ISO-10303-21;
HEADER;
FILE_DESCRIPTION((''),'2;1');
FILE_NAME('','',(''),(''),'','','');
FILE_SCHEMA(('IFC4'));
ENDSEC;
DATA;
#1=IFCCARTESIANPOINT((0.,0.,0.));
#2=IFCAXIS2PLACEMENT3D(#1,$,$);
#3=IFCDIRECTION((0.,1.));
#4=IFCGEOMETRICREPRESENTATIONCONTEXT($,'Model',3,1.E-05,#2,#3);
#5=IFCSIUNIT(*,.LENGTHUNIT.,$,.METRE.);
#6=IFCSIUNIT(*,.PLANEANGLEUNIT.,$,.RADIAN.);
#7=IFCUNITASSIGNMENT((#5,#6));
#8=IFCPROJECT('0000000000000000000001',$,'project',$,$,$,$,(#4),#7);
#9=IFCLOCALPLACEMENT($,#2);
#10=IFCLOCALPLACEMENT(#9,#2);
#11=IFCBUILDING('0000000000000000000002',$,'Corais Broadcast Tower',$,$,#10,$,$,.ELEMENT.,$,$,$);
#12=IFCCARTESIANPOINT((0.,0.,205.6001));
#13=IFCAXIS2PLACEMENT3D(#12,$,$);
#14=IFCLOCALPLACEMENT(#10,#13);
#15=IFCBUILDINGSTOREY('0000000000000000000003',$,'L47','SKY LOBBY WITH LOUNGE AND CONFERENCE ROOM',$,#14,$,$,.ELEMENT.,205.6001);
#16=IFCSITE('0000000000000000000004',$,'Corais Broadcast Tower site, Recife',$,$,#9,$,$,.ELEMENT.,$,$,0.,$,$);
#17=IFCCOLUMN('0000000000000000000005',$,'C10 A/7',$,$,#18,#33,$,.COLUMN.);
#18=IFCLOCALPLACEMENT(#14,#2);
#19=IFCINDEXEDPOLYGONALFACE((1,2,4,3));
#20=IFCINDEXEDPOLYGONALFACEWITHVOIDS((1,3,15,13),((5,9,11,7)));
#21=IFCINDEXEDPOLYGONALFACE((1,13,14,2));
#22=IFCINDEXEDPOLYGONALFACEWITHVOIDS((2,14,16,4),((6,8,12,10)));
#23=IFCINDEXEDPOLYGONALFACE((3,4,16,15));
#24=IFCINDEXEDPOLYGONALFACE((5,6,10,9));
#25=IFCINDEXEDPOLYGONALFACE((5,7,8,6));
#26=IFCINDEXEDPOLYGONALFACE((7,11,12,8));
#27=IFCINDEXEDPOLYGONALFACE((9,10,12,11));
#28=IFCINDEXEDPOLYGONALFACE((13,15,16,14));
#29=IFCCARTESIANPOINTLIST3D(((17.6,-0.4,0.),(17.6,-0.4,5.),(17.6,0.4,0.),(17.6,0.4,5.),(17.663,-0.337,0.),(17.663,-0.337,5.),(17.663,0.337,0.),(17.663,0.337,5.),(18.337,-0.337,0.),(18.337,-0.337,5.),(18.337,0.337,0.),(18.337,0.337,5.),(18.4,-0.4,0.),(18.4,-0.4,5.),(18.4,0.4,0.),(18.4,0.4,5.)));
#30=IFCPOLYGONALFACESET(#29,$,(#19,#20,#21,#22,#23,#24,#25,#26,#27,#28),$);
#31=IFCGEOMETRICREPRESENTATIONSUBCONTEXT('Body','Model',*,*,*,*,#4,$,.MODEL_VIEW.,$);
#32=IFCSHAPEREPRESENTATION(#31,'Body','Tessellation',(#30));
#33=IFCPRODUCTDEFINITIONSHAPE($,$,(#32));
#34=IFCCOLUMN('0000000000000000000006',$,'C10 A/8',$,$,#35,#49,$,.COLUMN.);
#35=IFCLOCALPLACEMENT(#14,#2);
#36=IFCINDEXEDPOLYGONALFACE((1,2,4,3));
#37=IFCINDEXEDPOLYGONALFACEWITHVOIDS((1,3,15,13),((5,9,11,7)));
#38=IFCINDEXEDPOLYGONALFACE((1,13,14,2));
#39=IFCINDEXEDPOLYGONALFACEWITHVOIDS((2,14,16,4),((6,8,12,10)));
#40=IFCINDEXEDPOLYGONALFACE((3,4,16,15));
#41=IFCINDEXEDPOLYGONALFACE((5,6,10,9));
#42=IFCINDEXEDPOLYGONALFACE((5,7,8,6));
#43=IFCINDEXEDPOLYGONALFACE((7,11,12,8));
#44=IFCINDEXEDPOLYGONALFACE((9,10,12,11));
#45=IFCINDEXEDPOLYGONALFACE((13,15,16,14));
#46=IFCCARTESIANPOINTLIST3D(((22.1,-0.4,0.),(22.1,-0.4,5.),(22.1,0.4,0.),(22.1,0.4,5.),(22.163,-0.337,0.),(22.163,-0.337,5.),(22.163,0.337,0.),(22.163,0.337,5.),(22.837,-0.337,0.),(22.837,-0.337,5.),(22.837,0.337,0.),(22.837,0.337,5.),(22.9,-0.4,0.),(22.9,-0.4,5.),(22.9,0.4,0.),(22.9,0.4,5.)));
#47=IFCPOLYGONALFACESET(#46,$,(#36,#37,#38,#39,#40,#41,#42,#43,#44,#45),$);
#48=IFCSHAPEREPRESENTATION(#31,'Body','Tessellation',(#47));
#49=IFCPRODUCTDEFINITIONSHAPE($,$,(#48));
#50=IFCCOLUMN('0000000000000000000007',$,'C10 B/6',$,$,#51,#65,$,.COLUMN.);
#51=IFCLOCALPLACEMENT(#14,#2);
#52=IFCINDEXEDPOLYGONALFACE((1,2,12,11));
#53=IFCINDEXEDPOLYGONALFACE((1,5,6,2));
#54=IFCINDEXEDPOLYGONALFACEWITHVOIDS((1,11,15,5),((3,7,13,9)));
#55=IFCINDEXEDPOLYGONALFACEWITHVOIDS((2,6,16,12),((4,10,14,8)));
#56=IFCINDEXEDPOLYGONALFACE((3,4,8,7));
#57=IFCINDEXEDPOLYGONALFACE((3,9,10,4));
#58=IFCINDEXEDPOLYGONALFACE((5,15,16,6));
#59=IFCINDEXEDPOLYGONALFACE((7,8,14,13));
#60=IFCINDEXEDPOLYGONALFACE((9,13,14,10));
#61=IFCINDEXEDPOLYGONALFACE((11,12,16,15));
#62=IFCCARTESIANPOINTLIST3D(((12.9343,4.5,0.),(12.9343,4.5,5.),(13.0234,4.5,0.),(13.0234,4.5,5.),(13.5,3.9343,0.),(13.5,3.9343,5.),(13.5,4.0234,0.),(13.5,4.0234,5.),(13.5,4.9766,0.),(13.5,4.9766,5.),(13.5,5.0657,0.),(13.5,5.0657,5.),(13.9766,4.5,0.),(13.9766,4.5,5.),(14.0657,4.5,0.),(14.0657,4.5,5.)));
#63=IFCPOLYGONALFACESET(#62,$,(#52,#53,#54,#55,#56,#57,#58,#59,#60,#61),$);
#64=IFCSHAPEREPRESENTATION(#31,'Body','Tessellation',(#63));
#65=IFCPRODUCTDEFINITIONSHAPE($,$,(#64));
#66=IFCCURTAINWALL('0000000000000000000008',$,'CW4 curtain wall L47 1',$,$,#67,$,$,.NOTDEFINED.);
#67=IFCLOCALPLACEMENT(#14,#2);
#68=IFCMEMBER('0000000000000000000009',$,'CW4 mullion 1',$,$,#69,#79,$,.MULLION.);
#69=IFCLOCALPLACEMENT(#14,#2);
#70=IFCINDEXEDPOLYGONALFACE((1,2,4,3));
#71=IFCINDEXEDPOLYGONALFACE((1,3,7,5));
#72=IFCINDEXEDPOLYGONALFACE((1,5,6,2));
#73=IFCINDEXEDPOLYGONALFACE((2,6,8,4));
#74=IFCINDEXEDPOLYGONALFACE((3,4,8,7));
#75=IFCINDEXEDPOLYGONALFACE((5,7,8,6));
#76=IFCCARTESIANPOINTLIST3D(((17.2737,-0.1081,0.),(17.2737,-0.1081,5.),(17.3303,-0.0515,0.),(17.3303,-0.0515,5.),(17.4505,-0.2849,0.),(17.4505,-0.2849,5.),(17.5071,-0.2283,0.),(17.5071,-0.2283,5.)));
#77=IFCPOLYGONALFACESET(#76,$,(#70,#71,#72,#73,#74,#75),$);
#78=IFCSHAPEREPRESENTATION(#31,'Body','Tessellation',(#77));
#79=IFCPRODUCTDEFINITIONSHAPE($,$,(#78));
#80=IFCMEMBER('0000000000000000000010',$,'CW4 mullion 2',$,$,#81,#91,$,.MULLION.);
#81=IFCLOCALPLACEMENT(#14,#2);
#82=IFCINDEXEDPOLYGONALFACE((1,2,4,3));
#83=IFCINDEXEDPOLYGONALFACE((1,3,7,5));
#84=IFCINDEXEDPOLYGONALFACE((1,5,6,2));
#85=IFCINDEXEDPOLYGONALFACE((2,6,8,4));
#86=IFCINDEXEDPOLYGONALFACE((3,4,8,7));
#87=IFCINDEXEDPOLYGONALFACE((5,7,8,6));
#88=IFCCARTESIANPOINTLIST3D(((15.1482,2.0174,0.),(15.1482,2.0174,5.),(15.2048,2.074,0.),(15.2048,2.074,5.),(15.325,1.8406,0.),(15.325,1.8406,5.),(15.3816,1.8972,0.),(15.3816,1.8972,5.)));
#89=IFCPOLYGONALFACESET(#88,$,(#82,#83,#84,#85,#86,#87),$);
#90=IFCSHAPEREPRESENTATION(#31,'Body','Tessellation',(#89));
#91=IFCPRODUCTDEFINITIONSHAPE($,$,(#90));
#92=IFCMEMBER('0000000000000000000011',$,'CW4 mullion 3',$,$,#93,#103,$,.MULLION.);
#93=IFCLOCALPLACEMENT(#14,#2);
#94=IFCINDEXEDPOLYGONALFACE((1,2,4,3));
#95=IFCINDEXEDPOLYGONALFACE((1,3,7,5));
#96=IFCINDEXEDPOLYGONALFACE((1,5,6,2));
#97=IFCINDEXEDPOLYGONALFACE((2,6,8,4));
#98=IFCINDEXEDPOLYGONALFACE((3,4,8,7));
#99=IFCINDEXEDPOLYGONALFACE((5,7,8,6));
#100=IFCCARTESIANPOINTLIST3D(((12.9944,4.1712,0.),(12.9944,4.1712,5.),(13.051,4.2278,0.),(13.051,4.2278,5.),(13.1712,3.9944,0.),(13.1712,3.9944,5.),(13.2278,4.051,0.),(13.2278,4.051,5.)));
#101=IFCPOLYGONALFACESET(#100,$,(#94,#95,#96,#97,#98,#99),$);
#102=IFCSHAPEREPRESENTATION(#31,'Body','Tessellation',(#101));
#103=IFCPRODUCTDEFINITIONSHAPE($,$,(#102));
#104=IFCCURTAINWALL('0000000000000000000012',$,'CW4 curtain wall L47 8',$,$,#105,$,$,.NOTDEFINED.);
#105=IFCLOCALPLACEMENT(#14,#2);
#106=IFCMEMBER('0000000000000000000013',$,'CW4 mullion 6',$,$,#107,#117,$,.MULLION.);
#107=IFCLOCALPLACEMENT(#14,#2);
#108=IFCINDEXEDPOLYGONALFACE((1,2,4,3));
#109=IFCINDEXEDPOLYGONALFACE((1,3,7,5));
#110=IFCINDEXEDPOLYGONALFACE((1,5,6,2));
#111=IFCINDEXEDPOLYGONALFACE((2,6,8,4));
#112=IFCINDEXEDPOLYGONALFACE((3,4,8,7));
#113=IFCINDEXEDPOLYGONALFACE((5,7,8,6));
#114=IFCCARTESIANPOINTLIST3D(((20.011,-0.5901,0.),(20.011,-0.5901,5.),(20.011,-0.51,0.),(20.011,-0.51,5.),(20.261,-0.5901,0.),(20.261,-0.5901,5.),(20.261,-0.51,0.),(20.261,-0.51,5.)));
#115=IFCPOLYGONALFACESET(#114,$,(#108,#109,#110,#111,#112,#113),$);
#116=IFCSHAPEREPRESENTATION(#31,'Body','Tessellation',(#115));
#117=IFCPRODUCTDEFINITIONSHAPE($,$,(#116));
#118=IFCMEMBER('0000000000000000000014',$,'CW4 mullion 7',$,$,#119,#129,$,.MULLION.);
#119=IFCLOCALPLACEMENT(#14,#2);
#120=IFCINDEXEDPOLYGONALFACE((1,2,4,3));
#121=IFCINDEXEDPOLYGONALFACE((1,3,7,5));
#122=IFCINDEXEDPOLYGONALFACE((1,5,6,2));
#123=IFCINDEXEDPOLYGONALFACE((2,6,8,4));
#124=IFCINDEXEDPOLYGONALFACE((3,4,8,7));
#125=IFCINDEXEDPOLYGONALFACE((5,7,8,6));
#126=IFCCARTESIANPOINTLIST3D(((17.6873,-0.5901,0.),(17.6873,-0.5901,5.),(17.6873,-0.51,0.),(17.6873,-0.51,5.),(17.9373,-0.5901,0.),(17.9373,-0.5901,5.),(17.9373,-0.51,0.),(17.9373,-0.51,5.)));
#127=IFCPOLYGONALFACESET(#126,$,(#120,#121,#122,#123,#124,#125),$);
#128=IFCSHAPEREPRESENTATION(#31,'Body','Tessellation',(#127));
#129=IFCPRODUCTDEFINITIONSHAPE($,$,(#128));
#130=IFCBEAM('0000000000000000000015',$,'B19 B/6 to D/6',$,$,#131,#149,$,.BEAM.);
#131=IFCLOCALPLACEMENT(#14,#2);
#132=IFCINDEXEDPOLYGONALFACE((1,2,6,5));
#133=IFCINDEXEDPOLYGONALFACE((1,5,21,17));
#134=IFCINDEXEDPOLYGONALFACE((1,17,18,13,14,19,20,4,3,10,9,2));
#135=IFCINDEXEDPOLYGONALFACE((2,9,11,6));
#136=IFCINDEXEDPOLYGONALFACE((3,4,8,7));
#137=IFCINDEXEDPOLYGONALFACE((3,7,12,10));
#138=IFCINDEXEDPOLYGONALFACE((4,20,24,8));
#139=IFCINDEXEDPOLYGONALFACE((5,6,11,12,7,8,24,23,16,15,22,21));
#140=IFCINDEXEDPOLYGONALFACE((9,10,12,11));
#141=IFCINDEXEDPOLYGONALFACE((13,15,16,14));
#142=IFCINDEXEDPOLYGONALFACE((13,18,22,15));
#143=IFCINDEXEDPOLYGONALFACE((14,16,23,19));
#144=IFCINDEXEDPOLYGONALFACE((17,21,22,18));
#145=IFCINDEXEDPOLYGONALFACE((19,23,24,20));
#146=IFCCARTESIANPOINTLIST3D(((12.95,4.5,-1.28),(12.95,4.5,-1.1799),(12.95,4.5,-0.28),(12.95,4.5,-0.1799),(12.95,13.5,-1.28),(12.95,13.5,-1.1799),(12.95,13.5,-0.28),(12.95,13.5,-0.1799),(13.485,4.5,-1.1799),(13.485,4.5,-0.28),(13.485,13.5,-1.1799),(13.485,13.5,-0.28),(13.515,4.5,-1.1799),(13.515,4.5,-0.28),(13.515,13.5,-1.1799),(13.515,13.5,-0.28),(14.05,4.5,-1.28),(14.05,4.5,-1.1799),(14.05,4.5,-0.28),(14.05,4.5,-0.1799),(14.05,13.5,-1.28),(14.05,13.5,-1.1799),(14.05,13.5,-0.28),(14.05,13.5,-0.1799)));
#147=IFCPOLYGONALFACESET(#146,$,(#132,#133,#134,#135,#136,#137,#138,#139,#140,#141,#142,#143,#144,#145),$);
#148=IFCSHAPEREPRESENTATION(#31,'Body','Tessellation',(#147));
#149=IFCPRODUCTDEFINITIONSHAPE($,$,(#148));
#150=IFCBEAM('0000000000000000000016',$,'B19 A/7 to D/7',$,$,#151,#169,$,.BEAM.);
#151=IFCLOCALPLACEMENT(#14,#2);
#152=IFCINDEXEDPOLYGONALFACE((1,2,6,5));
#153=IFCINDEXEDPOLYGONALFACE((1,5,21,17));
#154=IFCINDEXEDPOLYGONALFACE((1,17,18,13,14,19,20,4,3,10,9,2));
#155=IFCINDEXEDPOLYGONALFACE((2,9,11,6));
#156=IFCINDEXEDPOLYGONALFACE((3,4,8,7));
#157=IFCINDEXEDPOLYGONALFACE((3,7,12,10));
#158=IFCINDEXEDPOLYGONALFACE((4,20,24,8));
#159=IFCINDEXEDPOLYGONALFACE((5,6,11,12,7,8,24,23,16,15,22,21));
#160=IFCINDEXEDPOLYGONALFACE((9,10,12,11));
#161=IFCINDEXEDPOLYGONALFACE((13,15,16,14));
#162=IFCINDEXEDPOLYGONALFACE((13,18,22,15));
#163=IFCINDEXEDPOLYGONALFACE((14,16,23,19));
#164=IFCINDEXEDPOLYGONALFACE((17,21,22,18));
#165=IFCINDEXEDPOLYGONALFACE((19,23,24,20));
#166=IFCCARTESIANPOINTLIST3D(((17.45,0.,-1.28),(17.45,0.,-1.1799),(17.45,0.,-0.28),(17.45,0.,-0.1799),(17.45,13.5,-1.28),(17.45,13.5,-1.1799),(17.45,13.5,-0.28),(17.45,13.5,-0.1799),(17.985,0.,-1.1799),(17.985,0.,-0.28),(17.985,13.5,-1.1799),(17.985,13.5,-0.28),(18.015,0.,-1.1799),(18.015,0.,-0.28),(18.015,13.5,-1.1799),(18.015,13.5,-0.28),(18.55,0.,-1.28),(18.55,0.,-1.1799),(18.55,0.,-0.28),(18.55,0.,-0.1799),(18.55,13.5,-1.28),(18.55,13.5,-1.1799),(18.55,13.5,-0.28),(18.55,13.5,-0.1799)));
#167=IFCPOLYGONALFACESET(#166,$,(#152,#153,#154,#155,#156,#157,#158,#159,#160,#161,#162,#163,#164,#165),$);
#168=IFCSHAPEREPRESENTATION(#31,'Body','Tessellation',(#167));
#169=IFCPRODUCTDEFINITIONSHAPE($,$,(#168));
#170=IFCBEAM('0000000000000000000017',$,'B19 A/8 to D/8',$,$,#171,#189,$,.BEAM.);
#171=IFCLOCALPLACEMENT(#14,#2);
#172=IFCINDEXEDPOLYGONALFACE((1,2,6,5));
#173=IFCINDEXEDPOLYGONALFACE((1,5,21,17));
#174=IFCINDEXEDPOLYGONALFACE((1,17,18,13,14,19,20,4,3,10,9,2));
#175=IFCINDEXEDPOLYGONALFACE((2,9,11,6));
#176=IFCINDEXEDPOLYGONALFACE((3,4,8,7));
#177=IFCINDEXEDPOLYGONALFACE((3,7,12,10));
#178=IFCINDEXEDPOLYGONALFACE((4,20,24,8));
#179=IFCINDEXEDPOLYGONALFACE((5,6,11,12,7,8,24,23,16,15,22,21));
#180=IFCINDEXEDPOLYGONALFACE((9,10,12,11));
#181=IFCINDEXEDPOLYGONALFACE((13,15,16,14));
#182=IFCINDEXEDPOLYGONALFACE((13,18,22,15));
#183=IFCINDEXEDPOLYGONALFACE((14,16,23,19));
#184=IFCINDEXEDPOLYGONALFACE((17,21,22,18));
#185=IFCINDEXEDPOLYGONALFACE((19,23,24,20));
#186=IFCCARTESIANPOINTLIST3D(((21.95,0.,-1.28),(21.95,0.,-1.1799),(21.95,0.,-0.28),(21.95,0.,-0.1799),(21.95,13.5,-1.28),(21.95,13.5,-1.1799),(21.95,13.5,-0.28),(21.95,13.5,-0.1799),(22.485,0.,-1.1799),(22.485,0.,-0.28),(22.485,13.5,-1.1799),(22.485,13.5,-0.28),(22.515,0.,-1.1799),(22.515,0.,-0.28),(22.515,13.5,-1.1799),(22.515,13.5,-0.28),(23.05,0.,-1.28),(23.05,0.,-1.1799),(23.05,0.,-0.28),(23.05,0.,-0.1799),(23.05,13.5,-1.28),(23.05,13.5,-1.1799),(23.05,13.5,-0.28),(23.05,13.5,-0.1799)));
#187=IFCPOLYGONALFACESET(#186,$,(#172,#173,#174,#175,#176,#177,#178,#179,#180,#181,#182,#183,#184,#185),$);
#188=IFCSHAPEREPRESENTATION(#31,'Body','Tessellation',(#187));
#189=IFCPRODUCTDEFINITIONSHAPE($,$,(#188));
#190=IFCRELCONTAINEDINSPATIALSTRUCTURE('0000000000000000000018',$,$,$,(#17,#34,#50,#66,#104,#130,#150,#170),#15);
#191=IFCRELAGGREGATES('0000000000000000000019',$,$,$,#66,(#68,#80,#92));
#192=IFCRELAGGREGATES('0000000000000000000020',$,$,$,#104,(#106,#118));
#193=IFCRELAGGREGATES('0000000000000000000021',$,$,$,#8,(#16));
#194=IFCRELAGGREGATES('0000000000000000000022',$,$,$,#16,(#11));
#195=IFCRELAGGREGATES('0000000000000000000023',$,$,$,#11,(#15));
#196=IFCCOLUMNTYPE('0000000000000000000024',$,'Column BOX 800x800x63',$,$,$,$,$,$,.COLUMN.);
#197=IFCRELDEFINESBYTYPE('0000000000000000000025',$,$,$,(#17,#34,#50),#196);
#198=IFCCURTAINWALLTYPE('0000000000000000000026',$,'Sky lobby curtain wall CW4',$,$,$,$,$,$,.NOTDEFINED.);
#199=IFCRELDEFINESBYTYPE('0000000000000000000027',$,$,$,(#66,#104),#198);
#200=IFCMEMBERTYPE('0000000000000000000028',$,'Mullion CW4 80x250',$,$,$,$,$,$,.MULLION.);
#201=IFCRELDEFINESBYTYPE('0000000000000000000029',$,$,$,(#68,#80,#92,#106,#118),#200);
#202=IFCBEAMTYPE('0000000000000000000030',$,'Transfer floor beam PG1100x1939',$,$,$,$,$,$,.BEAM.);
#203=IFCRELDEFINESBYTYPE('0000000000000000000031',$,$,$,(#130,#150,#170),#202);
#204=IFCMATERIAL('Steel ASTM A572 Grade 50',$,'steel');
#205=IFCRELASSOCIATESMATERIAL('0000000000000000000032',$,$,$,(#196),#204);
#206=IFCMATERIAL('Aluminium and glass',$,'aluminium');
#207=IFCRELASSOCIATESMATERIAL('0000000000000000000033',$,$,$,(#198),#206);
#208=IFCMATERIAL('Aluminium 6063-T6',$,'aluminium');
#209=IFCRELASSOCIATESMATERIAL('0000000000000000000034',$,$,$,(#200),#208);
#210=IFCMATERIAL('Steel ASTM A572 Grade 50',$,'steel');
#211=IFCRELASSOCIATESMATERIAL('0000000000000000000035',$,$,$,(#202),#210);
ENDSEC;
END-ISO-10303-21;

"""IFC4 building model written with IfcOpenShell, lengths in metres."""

from ifc_helpers import new_model, si_unit, direction, frame, origin, origin_2d, place, context, subcontext, project, spatial, rectangle, hollow_rectangle, i_section, extrude, material, material_profile, profile_set, type_object, element, aggregate, save


model = new_model("IFC4")

# Units and contexts
model_context = context("Model", 3, precision=1e-05, world=origin(), true_north=direction((0.0, 1.0)))
body_context = subcontext(model_context, "Body", "Model", "MODEL_VIEW")
ifc_project = project(units=[si_unit("LENGTHUNIT", "METRE"), si_unit("PLANEANGLEUNIT", "RADIAN")], contexts=[model_context])

# Site, building, storey
site_placement = place(None, origin())
site = spatial("IfcSite", under=ifc_project, at=site_placement, Name="Corais Broadcast Tower site, Recife", CompositionType="ELEMENT", RefElevation=0.0)
building_placement = place(site_placement, origin())
building = spatial("IfcBuilding", under=site, at=building_placement, Name="Corais Broadcast Tower", CompositionType="ELEMENT")
storey_placement = place(building_placement, frame((0.0, 0.0, 205.6001)))
storey = spatial("IfcBuildingStorey", under=building, at=storey_placement, Name="L47", Description="SKY LOBBY WITH LOUNGE AND CONFERENCE ROOM", CompositionType="ELEMENT", Elevation=205.6001)

# Columns
ifc_material_1 = material(Name="Steel ASTM A572 Grade 50", Category="steel")
ifc_material_profile_1 = material_profile(ifc_material_1, hollow_rectangle(XDim=0.8, YDim=0.8, WallThickness=0.063, at=origin_2d()), Name="BOX 800x800x63")
ifc_profile_set_1 = profile_set([ifc_material_profile_1], Name="Steel ASTM A572 Grade 50")
column_type = type_object("IfcColumnType", Name="Column BOX 800x800x63", PredefinedType="COLUMN", material=ifc_profile_set_1)
for number, where, z_axis, x_axis, name in (
    (1, (18.0, 0.0, 0.0), (0.0, 0.0, 1.0), (1.0, 0.0, 0.0), "C10 A/7"),
    (2, (22.5, 0.0, 0.0), (0.0, 0.0, 1.0), (1.0, 0.0, 0.0), "C10 A/8"),
    (3, (13.5, 4.5, 0.0), (0.0, 0.0, 1.0), (0.707107, 0.707107, 0.0), "C10 B/6"),
):
    element("IfcColumn", number, at=place(storey_placement, frame(where, z_axis=z_axis, x_axis=x_axis)), inside=storey, type_object=column_type, Name=name, PredefinedType="COLUMN", context=body_context, shape_type="SweptSolid", body=[
        extrude(hollow_rectangle(XDim=0.8, YDim=0.8, WallThickness=0.063, at=origin_2d()), origin(), (0.0, 0.0, 1.0), 5.0),
    ])

# Curtain walls, members
ifc_material_2 = material(Name="Aluminium and glass", Category="aluminium")
curtain_wall_type = type_object("IfcCurtainWallType", Name="Sky lobby curtain wall CW4", PredefinedType="NOTDEFINED", material=ifc_material_2)
curtain_wall_1_placement = place(storey_placement, origin())
curtain_wall_1 = element("IfcCurtainWall", 4, at=curtain_wall_1_placement, inside=storey, type_object=curtain_wall_type, Name="CW4 curtain wall L47 1", PredefinedType="NOTDEFINED")
ifc_material_3 = material(Name="Aluminium 6063-T6", Category="aluminium")
ifc_material_profile_2 = material_profile(ifc_material_3, rectangle(XDim=0.0801, YDim=0.25, at=origin_2d()), Name="Mullion CW4 80x250")
ifc_profile_set_2 = profile_set([ifc_material_profile_2], Name="Aluminium 6063-T6")
member_type_1 = type_object("IfcMemberType", Name="Mullion CW4 80x250", PredefinedType="MULLION", material=ifc_profile_set_2)
member_1_placement = place(storey_placement, frame((17.3904, -0.1682, 0.0), z_axis=(0.0, 0.0, 1.0), x_axis=(-0.707107, -0.707107, 0.0)))
member_1 = element("IfcMember", 5, at=member_1_placement, type_object=member_type_1, Name="CW4 mullion 1", PredefinedType="MULLION", context=body_context, shape_type="SweptSolid", body=[
    extrude(rectangle(XDim=0.0801, YDim=0.25, at=origin_2d()), origin(), (0.0, 0.0, 1.0), 5.0),
])
member_2_placement = place(storey_placement, frame((15.2649, 1.9573, 0.0), z_axis=(0.0, 0.0, 1.0), x_axis=(-0.707107, -0.707107, 0.0)))
member_2 = element("IfcMember", 6, at=member_2_placement, type_object=member_type_1, Name="CW4 mullion 2", PredefinedType="MULLION", context=body_context, shape_type="SweptSolid", body=[
    extrude(rectangle(XDim=0.0801, YDim=0.25, at=origin_2d()), origin(), (0.0, 0.0, 1.0), 5.0),
])
member_3_placement = place(storey_placement, frame((13.1111, 4.1111, 0.0), z_axis=(0.0, 0.0, 1.0), x_axis=(-0.707107, -0.707107, 0.0)))
member_3 = element("IfcMember", 7, at=member_3_placement, type_object=member_type_1, Name="CW4 mullion 3", PredefinedType="MULLION", context=body_context, shape_type="SweptSolid", body=[
    extrude(rectangle(XDim=0.0801, YDim=0.25, at=origin_2d()), origin(), (0.0, 0.0, 1.0), 5.0),
])
curtain_wall_2_placement = place(storey_placement, origin())
curtain_wall_2 = element("IfcCurtainWall", 8, at=curtain_wall_2_placement, inside=storey, type_object=curtain_wall_type, Name="CW4 curtain wall L47 8", PredefinedType="NOTDEFINED")
member_4_placement = place(storey_placement, frame((20.136, -0.55, 0.0), z_axis=(0.0, 0.0, 1.0), x_axis=(0.0, -1.0, 0.0)))
member_4 = element("IfcMember", 9, at=member_4_placement, type_object=member_type_1, Name="CW4 mullion 6", PredefinedType="MULLION", context=body_context, shape_type="SweptSolid", body=[
    extrude(rectangle(XDim=0.0801, YDim=0.25, at=origin_2d()), origin(), (0.0, 0.0, 1.0), 5.0),
])
member_5_placement = place(storey_placement, frame((17.8123, -0.55, 0.0), z_axis=(0.0, 0.0, 1.0), x_axis=(0.0, -1.0, 0.0)))
member_5 = element("IfcMember", 10, at=member_5_placement, type_object=member_type_1, Name="CW4 mullion 7", PredefinedType="MULLION", context=body_context, shape_type="SweptSolid", body=[
    extrude(rectangle(XDim=0.0801, YDim=0.25, at=origin_2d()), origin(), (0.0, 0.0, 1.0), 5.0),
])

# Beams
ifc_material_4 = material(Name="Steel ASTM A572 Grade 50", Category="steel")
ifc_material_profile_3 = material_profile(ifc_material_4, i_section(OverallWidth=1.1001, OverallDepth=1.1001, WebThickness=0.03, FlangeThickness=0.1001, at=origin_2d()), Name="PG1100x1939")
ifc_profile_set_3 = profile_set([ifc_material_profile_3], Name="Steel ASTM A572 Grade 50")
beam_type_1 = type_object("IfcBeamType", Name="Transfer floor beam PG1100x1939", PredefinedType="BEAM", material=ifc_profile_set_3)
beam_1_placement = place(storey_placement, frame((13.5, 4.5, -0.73), z_axis=(0.0, 1.0, 0.0), x_axis=(-1.0, 0.0, 0.0)))
element("IfcBeam", 11, at=beam_1_placement, inside=storey, type_object=beam_type_1, Name="B19 B/6 to D/6", PredefinedType="BEAM", context=body_context, shape_type="SweptSolid", body=[
    extrude(i_section(OverallWidth=1.1001, OverallDepth=1.1001, WebThickness=0.03, FlangeThickness=0.1001, at=origin_2d()), origin(), (0.0, 0.0, 1.0), 9.0),
])
for number, where, z_axis, x_axis, name in (
    (12, (18.0, 0.0, -0.73), (0.0, 1.0, 0.0), (-1.0, 0.0, 0.0), "B19 A/7 to D/7"),
    (13, (22.5, 0.0, -0.73), (0.0, 1.0, 0.0), (-1.0, 0.0, 0.0), "B19 A/8 to D/8"),
):
    element("IfcBeam", number, at=place(storey_placement, frame(where, z_axis=z_axis, x_axis=x_axis)), inside=storey, type_object=beam_type_1, Name=name, PredefinedType="BEAM", context=body_context, shape_type="SweptSolid", body=[
        extrude(i_section(OverallWidth=1.1001, OverallDepth=1.1001, WebThickness=0.03, FlangeThickness=0.1001, at=origin_2d()), origin(), (0.0, 0.0, 1.0), 13.5),
    ])

aggregate(curtain_wall_1, [member_1, member_2, member_3])
aggregate(curtain_wall_2, [member_4, member_5])

save(model, "model.ifc")
